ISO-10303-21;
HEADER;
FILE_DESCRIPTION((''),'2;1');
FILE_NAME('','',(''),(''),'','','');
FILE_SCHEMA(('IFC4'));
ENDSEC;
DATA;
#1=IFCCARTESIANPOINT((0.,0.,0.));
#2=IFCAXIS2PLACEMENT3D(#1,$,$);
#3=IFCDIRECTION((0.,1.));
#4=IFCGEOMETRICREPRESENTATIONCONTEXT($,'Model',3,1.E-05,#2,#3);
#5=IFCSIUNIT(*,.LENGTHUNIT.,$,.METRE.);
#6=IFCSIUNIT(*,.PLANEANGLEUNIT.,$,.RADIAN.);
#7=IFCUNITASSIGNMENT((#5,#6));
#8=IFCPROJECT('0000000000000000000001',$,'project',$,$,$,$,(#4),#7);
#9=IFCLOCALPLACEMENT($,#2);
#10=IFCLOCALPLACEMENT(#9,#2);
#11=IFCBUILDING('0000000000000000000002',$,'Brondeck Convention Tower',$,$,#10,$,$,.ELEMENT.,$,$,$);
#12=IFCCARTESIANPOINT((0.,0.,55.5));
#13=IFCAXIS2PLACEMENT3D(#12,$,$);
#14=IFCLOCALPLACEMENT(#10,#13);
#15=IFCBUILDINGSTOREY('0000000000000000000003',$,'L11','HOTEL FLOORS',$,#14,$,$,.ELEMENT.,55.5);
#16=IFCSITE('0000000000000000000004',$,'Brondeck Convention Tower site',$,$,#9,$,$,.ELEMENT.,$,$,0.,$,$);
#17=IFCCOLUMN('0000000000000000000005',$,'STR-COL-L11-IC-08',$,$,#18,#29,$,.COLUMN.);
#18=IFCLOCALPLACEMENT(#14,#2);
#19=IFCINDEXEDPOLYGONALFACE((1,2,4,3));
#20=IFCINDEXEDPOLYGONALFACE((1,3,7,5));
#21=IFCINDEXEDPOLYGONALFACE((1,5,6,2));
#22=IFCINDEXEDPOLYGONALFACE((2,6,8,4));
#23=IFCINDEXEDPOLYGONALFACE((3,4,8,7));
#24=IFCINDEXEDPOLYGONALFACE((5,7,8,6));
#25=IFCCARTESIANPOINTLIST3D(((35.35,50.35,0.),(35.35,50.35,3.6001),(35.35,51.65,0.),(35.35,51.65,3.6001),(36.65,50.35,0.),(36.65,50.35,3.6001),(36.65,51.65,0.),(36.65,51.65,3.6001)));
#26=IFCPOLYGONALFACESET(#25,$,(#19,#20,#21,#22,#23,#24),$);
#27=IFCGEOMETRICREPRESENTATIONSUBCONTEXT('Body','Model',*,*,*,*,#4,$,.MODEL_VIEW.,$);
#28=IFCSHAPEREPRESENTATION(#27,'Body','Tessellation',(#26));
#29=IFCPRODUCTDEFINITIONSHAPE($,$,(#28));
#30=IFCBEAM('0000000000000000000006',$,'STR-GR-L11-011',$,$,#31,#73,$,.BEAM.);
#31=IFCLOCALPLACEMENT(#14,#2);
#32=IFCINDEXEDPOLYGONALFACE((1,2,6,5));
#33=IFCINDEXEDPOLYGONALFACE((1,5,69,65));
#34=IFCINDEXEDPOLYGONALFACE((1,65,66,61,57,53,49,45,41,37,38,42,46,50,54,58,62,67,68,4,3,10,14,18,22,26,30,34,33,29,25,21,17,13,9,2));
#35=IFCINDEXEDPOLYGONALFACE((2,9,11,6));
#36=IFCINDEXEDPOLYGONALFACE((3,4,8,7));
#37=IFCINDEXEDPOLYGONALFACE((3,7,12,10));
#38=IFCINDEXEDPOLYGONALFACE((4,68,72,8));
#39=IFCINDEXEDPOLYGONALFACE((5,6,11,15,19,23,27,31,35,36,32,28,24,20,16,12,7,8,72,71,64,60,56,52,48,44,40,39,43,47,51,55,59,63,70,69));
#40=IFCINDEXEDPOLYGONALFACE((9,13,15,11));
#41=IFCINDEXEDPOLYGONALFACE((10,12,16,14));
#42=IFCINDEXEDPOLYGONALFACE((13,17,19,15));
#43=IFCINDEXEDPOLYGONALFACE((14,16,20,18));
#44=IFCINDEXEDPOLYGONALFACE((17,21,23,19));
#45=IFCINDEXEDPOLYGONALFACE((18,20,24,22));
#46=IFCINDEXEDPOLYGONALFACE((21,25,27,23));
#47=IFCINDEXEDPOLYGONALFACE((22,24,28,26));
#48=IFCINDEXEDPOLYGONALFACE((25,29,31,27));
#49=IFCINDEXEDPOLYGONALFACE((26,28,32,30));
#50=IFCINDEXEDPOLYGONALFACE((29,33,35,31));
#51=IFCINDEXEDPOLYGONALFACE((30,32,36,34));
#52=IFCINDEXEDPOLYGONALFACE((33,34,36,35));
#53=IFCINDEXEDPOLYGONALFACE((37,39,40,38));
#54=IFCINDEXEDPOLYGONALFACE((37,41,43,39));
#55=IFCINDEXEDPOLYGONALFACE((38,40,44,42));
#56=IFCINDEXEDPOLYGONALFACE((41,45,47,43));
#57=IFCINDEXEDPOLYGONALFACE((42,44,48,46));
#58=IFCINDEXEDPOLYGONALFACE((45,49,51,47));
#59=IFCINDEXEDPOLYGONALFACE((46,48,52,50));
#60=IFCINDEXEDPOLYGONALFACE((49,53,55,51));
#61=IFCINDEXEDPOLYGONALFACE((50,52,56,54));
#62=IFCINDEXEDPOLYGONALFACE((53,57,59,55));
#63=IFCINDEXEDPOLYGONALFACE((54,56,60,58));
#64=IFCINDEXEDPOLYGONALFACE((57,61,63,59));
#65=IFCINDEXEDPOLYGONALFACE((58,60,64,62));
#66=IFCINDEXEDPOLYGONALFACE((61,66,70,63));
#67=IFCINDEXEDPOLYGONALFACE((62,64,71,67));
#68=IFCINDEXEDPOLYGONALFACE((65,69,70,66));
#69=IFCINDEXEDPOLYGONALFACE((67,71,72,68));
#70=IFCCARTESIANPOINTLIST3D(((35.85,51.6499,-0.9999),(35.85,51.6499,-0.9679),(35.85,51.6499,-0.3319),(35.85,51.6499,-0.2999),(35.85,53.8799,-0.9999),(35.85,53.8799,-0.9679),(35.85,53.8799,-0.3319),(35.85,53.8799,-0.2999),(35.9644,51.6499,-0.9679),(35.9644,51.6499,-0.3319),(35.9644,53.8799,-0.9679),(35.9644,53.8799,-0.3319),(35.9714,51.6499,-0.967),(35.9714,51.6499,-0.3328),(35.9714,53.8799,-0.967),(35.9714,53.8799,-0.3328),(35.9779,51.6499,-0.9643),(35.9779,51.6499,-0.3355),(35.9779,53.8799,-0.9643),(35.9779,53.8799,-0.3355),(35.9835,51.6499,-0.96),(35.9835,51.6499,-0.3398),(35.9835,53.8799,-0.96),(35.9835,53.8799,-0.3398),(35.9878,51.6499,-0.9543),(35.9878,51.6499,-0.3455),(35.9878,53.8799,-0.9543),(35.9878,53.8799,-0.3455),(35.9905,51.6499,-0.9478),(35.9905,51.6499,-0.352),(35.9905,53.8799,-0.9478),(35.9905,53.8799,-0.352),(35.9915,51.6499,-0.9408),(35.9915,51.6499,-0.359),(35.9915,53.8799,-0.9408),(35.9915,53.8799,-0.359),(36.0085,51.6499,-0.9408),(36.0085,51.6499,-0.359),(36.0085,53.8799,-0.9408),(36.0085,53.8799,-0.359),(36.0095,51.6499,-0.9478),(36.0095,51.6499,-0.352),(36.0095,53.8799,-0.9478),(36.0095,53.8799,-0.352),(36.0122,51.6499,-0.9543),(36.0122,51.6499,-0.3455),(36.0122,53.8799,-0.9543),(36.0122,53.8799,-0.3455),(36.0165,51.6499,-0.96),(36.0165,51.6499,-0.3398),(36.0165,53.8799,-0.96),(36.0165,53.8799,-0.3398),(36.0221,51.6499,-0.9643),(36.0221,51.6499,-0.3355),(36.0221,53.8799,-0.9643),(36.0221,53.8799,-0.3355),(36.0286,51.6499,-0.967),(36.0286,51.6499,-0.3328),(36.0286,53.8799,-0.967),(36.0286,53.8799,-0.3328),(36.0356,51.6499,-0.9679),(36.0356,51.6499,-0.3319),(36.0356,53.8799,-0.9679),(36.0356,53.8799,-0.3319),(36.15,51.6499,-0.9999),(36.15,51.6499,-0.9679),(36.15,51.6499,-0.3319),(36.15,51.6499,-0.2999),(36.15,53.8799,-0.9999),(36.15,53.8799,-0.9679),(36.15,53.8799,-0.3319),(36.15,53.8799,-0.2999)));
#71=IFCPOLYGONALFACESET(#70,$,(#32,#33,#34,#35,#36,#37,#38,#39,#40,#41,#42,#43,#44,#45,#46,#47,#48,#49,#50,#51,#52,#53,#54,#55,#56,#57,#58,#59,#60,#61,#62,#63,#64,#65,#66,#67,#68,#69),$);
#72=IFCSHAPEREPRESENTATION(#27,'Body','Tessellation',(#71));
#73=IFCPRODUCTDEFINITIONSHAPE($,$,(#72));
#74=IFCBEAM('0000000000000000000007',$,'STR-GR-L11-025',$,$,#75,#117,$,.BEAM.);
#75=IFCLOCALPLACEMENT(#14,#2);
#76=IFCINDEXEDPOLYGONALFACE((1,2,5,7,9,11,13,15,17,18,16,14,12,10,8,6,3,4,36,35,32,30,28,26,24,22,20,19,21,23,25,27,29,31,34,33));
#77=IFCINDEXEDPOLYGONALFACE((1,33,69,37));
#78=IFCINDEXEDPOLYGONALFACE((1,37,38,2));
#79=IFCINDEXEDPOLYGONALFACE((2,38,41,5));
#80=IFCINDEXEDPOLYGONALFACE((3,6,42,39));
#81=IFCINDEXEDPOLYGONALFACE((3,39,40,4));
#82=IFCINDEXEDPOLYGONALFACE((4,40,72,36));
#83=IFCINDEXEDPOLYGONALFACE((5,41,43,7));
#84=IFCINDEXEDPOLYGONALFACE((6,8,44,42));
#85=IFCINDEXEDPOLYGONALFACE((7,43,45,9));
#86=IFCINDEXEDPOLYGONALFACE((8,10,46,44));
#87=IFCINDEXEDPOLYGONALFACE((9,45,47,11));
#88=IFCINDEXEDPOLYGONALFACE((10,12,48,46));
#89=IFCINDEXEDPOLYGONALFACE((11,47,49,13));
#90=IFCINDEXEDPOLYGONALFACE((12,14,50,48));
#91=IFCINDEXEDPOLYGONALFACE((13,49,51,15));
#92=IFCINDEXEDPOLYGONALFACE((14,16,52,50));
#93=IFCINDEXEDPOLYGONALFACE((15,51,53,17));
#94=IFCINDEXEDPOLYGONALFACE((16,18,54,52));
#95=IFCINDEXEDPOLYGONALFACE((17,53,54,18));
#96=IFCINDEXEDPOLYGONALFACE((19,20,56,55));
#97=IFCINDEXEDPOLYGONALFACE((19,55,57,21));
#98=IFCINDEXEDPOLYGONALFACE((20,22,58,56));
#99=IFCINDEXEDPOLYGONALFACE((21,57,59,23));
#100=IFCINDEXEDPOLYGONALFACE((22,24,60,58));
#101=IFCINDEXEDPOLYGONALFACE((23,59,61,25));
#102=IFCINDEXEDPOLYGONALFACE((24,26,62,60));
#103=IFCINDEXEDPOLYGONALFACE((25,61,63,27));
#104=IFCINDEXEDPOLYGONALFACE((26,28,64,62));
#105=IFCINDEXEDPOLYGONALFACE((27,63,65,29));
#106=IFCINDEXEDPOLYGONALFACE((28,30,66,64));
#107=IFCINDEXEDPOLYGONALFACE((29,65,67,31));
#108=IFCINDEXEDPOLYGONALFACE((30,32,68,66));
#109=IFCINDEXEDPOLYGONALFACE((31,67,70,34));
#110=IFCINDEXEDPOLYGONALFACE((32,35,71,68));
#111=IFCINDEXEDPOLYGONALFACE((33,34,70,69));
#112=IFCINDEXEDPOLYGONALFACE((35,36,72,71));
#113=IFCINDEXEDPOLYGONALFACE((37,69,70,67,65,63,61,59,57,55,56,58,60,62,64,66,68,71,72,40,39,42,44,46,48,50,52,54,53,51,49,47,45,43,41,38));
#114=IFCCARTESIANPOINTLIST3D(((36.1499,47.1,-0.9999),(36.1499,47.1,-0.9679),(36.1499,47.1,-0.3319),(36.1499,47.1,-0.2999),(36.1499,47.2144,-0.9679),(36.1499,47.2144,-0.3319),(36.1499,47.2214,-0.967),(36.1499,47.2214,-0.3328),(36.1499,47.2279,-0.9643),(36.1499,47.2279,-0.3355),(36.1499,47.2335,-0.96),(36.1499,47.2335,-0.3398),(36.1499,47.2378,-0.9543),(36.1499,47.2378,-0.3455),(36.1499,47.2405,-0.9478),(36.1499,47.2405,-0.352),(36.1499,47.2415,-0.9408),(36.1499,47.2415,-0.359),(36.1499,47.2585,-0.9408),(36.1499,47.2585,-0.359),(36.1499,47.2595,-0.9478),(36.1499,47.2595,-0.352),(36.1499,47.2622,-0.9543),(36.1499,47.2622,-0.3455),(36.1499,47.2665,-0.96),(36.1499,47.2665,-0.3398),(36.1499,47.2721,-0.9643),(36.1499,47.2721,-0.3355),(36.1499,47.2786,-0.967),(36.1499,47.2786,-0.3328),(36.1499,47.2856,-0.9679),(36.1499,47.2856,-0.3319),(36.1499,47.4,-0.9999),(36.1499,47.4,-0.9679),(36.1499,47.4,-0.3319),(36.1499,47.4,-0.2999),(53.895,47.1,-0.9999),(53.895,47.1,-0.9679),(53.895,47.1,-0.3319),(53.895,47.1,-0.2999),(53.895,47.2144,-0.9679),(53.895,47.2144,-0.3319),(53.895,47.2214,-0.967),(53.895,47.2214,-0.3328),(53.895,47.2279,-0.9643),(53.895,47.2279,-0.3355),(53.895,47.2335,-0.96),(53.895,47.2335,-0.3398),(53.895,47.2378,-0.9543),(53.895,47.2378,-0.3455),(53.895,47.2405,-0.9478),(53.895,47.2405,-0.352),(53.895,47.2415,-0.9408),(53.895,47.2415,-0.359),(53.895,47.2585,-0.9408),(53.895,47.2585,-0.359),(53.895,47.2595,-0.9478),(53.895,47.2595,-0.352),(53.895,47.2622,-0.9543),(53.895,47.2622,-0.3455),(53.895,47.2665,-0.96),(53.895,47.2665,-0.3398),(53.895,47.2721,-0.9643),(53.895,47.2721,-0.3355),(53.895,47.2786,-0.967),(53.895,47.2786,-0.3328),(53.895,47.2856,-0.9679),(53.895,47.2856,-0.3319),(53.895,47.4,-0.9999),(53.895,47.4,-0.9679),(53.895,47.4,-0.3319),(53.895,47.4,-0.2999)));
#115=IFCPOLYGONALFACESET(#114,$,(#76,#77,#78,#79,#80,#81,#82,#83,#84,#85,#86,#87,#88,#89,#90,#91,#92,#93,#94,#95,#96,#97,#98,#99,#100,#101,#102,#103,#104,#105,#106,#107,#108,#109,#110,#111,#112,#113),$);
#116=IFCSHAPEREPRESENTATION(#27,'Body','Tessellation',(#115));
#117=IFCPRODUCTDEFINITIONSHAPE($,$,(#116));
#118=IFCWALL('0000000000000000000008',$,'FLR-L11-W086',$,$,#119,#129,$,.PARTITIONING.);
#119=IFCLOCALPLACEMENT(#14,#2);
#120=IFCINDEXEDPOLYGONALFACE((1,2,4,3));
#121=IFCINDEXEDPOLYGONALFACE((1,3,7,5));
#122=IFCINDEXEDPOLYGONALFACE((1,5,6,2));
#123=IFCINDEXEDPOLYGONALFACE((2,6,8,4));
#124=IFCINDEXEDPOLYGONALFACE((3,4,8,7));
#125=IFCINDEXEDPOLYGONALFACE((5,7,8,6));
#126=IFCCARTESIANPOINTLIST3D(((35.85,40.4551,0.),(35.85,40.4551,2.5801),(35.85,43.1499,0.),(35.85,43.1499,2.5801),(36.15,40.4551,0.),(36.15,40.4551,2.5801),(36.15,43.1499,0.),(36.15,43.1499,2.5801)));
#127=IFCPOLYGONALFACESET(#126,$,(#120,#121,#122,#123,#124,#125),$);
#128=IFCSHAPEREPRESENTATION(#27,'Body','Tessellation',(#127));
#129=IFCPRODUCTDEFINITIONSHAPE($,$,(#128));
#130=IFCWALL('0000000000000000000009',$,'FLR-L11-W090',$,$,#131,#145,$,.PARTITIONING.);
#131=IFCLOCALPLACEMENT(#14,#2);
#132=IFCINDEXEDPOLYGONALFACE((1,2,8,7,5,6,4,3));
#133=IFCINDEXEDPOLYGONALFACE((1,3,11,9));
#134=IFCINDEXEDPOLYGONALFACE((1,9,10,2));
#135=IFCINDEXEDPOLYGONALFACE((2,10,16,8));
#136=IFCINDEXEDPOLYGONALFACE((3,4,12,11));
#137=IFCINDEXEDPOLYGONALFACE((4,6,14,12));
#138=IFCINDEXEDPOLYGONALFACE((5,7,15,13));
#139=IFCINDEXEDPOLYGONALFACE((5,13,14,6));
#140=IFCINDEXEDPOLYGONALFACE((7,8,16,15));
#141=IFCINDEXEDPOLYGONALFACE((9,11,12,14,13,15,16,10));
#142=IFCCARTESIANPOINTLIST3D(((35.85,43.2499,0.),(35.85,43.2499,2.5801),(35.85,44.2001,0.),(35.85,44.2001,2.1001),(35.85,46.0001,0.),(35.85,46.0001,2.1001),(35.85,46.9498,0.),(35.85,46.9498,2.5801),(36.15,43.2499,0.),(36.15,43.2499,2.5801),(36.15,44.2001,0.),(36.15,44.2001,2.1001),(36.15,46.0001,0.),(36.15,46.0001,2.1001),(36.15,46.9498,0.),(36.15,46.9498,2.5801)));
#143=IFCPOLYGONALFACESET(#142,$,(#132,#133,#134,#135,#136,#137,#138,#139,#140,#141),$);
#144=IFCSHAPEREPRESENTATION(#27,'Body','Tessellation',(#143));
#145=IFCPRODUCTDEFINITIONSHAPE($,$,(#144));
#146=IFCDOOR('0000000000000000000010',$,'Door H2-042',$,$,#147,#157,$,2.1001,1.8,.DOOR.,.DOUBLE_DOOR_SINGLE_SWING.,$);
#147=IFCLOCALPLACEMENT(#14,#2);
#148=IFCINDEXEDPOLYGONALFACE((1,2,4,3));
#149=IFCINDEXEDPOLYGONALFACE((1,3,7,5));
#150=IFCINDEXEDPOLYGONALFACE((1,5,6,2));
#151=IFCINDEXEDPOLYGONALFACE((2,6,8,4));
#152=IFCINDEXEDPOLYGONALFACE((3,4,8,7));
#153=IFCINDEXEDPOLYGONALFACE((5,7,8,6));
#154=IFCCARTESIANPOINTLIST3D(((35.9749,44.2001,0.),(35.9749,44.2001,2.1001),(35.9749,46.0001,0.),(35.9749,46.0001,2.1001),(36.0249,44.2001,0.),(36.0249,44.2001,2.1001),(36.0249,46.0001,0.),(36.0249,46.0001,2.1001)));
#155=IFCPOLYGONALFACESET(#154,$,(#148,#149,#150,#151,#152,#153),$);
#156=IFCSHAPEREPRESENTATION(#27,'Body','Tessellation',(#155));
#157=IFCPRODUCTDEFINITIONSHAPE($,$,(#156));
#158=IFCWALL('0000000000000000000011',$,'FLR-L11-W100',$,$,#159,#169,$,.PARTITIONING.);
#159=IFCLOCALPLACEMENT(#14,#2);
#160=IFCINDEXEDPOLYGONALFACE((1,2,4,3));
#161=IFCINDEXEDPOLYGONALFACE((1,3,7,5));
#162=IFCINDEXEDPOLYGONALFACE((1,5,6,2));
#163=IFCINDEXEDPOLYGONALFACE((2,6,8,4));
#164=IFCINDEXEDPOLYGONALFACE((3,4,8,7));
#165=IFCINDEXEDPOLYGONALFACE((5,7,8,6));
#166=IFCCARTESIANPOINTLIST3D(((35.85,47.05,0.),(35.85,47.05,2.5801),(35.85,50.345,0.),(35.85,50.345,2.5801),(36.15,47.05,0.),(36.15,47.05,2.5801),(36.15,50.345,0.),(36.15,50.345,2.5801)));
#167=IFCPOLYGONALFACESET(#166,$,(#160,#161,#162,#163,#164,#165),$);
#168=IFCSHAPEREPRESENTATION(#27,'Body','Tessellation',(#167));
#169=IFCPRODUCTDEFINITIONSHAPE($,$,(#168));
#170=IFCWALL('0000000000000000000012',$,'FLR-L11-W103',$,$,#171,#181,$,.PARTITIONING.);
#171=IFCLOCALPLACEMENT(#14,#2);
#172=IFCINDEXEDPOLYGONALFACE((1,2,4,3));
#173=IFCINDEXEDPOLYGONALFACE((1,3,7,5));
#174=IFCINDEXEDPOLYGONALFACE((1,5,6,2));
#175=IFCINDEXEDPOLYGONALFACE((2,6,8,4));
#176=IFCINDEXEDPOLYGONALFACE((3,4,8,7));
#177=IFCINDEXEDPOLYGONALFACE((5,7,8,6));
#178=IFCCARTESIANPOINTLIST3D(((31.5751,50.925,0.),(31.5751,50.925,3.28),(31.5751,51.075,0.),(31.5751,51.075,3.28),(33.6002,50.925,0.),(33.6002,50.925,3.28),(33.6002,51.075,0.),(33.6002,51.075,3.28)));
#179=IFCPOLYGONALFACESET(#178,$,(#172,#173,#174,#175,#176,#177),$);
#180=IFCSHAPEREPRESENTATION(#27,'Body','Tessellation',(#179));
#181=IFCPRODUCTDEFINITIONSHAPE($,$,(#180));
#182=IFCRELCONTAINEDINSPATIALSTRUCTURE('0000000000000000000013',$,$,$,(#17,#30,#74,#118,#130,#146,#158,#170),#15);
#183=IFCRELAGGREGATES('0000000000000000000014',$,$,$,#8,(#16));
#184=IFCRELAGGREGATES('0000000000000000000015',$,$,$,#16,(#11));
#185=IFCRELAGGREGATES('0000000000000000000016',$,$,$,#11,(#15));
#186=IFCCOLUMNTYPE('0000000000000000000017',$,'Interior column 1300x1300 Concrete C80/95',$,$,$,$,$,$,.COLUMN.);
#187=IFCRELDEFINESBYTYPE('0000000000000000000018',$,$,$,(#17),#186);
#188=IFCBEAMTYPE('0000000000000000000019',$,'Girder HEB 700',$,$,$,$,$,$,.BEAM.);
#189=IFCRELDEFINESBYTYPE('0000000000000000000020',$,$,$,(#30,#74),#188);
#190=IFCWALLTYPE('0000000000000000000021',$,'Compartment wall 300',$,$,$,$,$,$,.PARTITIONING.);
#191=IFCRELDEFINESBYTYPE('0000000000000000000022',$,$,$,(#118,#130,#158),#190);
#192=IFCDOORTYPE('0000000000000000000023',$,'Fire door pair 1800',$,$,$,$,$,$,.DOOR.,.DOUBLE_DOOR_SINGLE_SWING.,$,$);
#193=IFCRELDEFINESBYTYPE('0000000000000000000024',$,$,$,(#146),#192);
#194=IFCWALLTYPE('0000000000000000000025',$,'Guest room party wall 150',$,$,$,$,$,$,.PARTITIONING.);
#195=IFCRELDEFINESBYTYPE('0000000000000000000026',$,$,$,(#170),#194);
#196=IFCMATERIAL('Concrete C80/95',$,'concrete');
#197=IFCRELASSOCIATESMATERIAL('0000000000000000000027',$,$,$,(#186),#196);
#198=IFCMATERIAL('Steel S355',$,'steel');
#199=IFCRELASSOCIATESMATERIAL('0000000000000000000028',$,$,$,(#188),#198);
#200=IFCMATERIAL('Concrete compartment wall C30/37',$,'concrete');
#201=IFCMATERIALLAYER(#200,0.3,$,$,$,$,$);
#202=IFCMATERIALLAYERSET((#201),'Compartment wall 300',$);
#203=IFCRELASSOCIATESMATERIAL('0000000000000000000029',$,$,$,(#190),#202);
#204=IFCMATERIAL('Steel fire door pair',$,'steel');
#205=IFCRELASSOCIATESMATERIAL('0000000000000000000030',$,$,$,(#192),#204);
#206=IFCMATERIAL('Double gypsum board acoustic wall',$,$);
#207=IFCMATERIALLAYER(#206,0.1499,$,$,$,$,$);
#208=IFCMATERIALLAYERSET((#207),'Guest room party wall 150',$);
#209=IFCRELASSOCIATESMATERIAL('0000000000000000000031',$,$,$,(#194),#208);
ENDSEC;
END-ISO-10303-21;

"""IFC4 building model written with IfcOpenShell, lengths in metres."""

from ifc_helpers import new_model, si_unit, direction, frame, frame_2d, origin, origin_2d, place, context, subcontext, project, spatial, rectangle, i_section, extrude, material, layer, layer_set, material_profile, profile_set, type_object, element, fill, save


model = new_model("IFC4")

# Units and contexts
model_context = context("Model", 3, precision=1e-05, world=origin(), true_north=direction((0.0, 1.0)))
body_context = subcontext(model_context, "Body", "Model", "MODEL_VIEW")
ifc_project = project(units=[si_unit("LENGTHUNIT", "METRE"), si_unit("PLANEANGLEUNIT", "RADIAN")], contexts=[model_context])

# Site, building, storey
site_placement = place(None, origin())
site = spatial("IfcSite", under=ifc_project, at=site_placement, Name="Brondeck Convention Tower site", CompositionType="ELEMENT", RefElevation=0.0)
building_placement = place(site_placement, origin())
building = spatial("IfcBuilding", under=site, at=building_placement, Name="Brondeck Convention Tower", CompositionType="ELEMENT")
storey_placement = place(building_placement, frame((0.0, 0.0, 55.5)))
storey = spatial("IfcBuildingStorey", under=building, at=storey_placement, Name="L11", Description="HOTEL FLOORS", CompositionType="ELEMENT", Elevation=55.5)

# Column
ifc_material_1 = material(Name="Concrete C80/95", Category="concrete")
ifc_material_profile_1 = material_profile(ifc_material_1, rectangle(XDim=1.3, YDim=1.3, at=origin_2d()), Name="Interior column 1300x1300 Concrete C80/95")
ifc_profile_set_1 = profile_set([ifc_material_profile_1], Name="Concrete C80/95")
column_type = type_object("IfcColumnType", Name="Interior column 1300x1300 Concrete C80/95", PredefinedType="COLUMN", material=ifc_profile_set_1)
column_placement = place(storey_placement, frame((36.0, 51.0, 0.0), z_axis=(0.0, 0.0, 1.0), x_axis=(1.0, 0.0, 0.0)))
element("IfcColumn", 1, at=column_placement, inside=storey, type_object=column_type, Name="STR-COL-L11-IC-08", PredefinedType="COLUMN", context=body_context, shape_type="SweptSolid", body=[
    extrude(rectangle(XDim=1.3, YDim=1.3, at=origin_2d()), origin(), (0.0, 0.0, 1.0), 3.6001),
])

# Beams
ifc_material_2 = material(Name="Steel S355", Category="steel")
ifc_material_profile_2 = material_profile(ifc_material_2, i_section(OverallWidth=0.3, OverallDepth=0.7, WebThickness=0.0171, FlangeThickness=0.032, FilletRadius=0.0271, at=origin_2d()), Name="HEB 700")
ifc_profile_set_2 = profile_set([ifc_material_profile_2], Name="Steel S355")
beam_type = type_object("IfcBeamType", Name="Girder HEB 700", PredefinedType="BEAM", material=ifc_profile_set_2)
beam_1_placement = place(storey_placement, frame((36.0, 51.6499, -0.6499), z_axis=(0.0, 1.0, 0.0), x_axis=(-1.0, 0.0, 0.0)))
element("IfcBeam", 2, at=beam_1_placement, inside=storey, type_object=beam_type, Name="STR-GR-L11-011", PredefinedType="BEAM", context=body_context, shape_type="SweptSolid", body=[
    extrude(i_section(OverallWidth=0.3, OverallDepth=0.7, WebThickness=0.0171, FlangeThickness=0.032, FilletRadius=0.0271, at=origin_2d()), origin(), (0.0, 0.0, 1.0), 2.23),
])
beam_2_placement = place(storey_placement, frame((36.1499, 47.25, -0.6499), z_axis=(1.0, 0.0, 0.0), x_axis=(0.0, 1.0, 0.0)))
element("IfcBeam", 3, at=beam_2_placement, inside=storey, type_object=beam_type, Name="STR-GR-L11-025", PredefinedType="BEAM", context=body_context, shape_type="SweptSolid", body=[
    extrude(i_section(OverallWidth=0.3, OverallDepth=0.7, WebThickness=0.0171, FlangeThickness=0.032, FilletRadius=0.0271, at=origin_2d()), origin(), (0.0, 0.0, 1.0), 17.7451),
])

# Wall
ifc_material_3 = material(Name="Concrete compartment wall C30/37", Category="concrete")
ifc_layer_1 = layer(ifc_material_3, 0.3)
ifc_layer_set_1 = layer_set([ifc_layer_1], Name="Compartment wall 300")
wall_type_1 = type_object("IfcWallType", Name="Compartment wall 300", PredefinedType="PARTITIONING", material=ifc_layer_set_1)
wall_1_placement = place(storey_placement, frame((36.0, 43.1499, 0.0), z_axis=(0.0, 0.0, 1.0), x_axis=(0.0, -1.0, 0.0)))
element("IfcWall", 4, at=wall_1_placement, inside=storey, type_object=wall_type_1, Name="FLR-L11-W086", PredefinedType="PARTITIONING", context=body_context, shape_type="SweptSolid", body=[
    extrude(rectangle(XDim=2.6948, YDim=0.3, at=frame_2d((1.3474, 0.0))), origin(), (0.0, 0.0, 1.0), 2.5801),
])

# Wall, opening, door
wall_2_placement = place(storey_placement, frame((36.0, 46.95, 0.0), z_axis=(0.0, 0.0, 1.0), x_axis=(0.0, -1.0, 0.0)))
wall_2 = element("IfcWall", 5, at=wall_2_placement, inside=storey, type_object=wall_type_1, Name="FLR-L11-W090", PredefinedType="PARTITIONING", context=body_context, shape_type="SweptSolid", body=[
    extrude(rectangle(XDim=3.7, YDim=0.3, at=frame_2d((1.8501, 0.0))), origin(), (0.0, 0.0, 1.0), 2.5801),
])
opening_1_placement = place(wall_2_placement, frame((0.95, 0.0, 0.0)))
opening_1 = element("IfcOpeningElement", 6, at=opening_1_placement, cuts=wall_2, PredefinedType="OPENING", context=body_context, shape_type="SweptSolid", body=[
    extrude(rectangle(XDim=1.8, YDim=2.1001, at=frame_2d((0.8999, 1.05))), frame((0.0, 0.1599, 0.0), z_axis=(0.0, -1.0, 0.0), x_axis=(1.0, 0.0, 0.0)), (0.0, 0.0, 1.0), 0.3201),
])
ifc_material_4 = material(Name="Steel fire door pair", Category="steel")
door_type_1 = type_object("IfcDoorType", Name="Fire door pair 1800", OperationType="DOUBLE_DOOR_SINGLE_SWING", PredefinedType="DOOR", material=ifc_material_4)
door_1_placement = place(opening_1_placement, origin())
door_1 = element("IfcDoor", 7, at=door_1_placement, inside=storey, type_object=door_type_1, Name="Door H2-042", OperationType="DOUBLE_DOOR_SINGLE_SWING", OverallHeight=2.1001, OverallWidth=1.8, PredefinedType="DOOR", context=body_context, shape_type="SweptSolid", body=[
    extrude(rectangle(XDim=1.8, YDim=2.1001, at=frame_2d((0.8999, 1.05))), frame((0.0, 0.0249, 0.0), z_axis=(0.0, -1.0, 0.0), x_axis=(1.0, 0.0, 0.0)), (0.0, 0.0, 1.0), 0.05),
])
fill(opening_1, door_1)

# Walls
wall_3_placement = place(storey_placement, frame((36.0, 50.345, 0.0), z_axis=(0.0, 0.0, 1.0), x_axis=(0.0, -1.0, 0.0)))
element("IfcWall", 8, at=wall_3_placement, inside=storey, type_object=wall_type_1, Name="FLR-L11-W100", PredefinedType="PARTITIONING", context=body_context, shape_type="SweptSolid", body=[
    extrude(rectangle(XDim=3.2949, YDim=0.3, at=frame_2d((1.6475, 0.0))), origin(), (0.0, 0.0, 1.0), 2.5801),
])
ifc_material_5 = material(Name="Double gypsum board acoustic wall")
ifc_layer_2 = layer(ifc_material_5, 0.1499)
ifc_layer_set_2 = layer_set([ifc_layer_2], Name="Guest room party wall 150")
wall_type_2 = type_object("IfcWallType", Name="Guest room party wall 150", PredefinedType="PARTITIONING", material=ifc_layer_set_2)
wall_4_placement = place(storey_placement, frame((31.575, 51.0, 0.0), z_axis=(0.0, 0.0, 1.0), x_axis=(1.0, 0.0, 0.0)))
element("IfcWall", 9, at=wall_4_placement, inside=storey, type_object=wall_type_2, Name="FLR-L11-W103", PredefinedType="PARTITIONING", context=body_context, shape_type="SweptSolid", body=[
    extrude(rectangle(XDim=2.0251, YDim=0.1499, at=frame_2d((1.0127, 0.0))), origin(), (0.0, 0.0, 1.0), 3.28),
])

save(model, "model.ifc")
